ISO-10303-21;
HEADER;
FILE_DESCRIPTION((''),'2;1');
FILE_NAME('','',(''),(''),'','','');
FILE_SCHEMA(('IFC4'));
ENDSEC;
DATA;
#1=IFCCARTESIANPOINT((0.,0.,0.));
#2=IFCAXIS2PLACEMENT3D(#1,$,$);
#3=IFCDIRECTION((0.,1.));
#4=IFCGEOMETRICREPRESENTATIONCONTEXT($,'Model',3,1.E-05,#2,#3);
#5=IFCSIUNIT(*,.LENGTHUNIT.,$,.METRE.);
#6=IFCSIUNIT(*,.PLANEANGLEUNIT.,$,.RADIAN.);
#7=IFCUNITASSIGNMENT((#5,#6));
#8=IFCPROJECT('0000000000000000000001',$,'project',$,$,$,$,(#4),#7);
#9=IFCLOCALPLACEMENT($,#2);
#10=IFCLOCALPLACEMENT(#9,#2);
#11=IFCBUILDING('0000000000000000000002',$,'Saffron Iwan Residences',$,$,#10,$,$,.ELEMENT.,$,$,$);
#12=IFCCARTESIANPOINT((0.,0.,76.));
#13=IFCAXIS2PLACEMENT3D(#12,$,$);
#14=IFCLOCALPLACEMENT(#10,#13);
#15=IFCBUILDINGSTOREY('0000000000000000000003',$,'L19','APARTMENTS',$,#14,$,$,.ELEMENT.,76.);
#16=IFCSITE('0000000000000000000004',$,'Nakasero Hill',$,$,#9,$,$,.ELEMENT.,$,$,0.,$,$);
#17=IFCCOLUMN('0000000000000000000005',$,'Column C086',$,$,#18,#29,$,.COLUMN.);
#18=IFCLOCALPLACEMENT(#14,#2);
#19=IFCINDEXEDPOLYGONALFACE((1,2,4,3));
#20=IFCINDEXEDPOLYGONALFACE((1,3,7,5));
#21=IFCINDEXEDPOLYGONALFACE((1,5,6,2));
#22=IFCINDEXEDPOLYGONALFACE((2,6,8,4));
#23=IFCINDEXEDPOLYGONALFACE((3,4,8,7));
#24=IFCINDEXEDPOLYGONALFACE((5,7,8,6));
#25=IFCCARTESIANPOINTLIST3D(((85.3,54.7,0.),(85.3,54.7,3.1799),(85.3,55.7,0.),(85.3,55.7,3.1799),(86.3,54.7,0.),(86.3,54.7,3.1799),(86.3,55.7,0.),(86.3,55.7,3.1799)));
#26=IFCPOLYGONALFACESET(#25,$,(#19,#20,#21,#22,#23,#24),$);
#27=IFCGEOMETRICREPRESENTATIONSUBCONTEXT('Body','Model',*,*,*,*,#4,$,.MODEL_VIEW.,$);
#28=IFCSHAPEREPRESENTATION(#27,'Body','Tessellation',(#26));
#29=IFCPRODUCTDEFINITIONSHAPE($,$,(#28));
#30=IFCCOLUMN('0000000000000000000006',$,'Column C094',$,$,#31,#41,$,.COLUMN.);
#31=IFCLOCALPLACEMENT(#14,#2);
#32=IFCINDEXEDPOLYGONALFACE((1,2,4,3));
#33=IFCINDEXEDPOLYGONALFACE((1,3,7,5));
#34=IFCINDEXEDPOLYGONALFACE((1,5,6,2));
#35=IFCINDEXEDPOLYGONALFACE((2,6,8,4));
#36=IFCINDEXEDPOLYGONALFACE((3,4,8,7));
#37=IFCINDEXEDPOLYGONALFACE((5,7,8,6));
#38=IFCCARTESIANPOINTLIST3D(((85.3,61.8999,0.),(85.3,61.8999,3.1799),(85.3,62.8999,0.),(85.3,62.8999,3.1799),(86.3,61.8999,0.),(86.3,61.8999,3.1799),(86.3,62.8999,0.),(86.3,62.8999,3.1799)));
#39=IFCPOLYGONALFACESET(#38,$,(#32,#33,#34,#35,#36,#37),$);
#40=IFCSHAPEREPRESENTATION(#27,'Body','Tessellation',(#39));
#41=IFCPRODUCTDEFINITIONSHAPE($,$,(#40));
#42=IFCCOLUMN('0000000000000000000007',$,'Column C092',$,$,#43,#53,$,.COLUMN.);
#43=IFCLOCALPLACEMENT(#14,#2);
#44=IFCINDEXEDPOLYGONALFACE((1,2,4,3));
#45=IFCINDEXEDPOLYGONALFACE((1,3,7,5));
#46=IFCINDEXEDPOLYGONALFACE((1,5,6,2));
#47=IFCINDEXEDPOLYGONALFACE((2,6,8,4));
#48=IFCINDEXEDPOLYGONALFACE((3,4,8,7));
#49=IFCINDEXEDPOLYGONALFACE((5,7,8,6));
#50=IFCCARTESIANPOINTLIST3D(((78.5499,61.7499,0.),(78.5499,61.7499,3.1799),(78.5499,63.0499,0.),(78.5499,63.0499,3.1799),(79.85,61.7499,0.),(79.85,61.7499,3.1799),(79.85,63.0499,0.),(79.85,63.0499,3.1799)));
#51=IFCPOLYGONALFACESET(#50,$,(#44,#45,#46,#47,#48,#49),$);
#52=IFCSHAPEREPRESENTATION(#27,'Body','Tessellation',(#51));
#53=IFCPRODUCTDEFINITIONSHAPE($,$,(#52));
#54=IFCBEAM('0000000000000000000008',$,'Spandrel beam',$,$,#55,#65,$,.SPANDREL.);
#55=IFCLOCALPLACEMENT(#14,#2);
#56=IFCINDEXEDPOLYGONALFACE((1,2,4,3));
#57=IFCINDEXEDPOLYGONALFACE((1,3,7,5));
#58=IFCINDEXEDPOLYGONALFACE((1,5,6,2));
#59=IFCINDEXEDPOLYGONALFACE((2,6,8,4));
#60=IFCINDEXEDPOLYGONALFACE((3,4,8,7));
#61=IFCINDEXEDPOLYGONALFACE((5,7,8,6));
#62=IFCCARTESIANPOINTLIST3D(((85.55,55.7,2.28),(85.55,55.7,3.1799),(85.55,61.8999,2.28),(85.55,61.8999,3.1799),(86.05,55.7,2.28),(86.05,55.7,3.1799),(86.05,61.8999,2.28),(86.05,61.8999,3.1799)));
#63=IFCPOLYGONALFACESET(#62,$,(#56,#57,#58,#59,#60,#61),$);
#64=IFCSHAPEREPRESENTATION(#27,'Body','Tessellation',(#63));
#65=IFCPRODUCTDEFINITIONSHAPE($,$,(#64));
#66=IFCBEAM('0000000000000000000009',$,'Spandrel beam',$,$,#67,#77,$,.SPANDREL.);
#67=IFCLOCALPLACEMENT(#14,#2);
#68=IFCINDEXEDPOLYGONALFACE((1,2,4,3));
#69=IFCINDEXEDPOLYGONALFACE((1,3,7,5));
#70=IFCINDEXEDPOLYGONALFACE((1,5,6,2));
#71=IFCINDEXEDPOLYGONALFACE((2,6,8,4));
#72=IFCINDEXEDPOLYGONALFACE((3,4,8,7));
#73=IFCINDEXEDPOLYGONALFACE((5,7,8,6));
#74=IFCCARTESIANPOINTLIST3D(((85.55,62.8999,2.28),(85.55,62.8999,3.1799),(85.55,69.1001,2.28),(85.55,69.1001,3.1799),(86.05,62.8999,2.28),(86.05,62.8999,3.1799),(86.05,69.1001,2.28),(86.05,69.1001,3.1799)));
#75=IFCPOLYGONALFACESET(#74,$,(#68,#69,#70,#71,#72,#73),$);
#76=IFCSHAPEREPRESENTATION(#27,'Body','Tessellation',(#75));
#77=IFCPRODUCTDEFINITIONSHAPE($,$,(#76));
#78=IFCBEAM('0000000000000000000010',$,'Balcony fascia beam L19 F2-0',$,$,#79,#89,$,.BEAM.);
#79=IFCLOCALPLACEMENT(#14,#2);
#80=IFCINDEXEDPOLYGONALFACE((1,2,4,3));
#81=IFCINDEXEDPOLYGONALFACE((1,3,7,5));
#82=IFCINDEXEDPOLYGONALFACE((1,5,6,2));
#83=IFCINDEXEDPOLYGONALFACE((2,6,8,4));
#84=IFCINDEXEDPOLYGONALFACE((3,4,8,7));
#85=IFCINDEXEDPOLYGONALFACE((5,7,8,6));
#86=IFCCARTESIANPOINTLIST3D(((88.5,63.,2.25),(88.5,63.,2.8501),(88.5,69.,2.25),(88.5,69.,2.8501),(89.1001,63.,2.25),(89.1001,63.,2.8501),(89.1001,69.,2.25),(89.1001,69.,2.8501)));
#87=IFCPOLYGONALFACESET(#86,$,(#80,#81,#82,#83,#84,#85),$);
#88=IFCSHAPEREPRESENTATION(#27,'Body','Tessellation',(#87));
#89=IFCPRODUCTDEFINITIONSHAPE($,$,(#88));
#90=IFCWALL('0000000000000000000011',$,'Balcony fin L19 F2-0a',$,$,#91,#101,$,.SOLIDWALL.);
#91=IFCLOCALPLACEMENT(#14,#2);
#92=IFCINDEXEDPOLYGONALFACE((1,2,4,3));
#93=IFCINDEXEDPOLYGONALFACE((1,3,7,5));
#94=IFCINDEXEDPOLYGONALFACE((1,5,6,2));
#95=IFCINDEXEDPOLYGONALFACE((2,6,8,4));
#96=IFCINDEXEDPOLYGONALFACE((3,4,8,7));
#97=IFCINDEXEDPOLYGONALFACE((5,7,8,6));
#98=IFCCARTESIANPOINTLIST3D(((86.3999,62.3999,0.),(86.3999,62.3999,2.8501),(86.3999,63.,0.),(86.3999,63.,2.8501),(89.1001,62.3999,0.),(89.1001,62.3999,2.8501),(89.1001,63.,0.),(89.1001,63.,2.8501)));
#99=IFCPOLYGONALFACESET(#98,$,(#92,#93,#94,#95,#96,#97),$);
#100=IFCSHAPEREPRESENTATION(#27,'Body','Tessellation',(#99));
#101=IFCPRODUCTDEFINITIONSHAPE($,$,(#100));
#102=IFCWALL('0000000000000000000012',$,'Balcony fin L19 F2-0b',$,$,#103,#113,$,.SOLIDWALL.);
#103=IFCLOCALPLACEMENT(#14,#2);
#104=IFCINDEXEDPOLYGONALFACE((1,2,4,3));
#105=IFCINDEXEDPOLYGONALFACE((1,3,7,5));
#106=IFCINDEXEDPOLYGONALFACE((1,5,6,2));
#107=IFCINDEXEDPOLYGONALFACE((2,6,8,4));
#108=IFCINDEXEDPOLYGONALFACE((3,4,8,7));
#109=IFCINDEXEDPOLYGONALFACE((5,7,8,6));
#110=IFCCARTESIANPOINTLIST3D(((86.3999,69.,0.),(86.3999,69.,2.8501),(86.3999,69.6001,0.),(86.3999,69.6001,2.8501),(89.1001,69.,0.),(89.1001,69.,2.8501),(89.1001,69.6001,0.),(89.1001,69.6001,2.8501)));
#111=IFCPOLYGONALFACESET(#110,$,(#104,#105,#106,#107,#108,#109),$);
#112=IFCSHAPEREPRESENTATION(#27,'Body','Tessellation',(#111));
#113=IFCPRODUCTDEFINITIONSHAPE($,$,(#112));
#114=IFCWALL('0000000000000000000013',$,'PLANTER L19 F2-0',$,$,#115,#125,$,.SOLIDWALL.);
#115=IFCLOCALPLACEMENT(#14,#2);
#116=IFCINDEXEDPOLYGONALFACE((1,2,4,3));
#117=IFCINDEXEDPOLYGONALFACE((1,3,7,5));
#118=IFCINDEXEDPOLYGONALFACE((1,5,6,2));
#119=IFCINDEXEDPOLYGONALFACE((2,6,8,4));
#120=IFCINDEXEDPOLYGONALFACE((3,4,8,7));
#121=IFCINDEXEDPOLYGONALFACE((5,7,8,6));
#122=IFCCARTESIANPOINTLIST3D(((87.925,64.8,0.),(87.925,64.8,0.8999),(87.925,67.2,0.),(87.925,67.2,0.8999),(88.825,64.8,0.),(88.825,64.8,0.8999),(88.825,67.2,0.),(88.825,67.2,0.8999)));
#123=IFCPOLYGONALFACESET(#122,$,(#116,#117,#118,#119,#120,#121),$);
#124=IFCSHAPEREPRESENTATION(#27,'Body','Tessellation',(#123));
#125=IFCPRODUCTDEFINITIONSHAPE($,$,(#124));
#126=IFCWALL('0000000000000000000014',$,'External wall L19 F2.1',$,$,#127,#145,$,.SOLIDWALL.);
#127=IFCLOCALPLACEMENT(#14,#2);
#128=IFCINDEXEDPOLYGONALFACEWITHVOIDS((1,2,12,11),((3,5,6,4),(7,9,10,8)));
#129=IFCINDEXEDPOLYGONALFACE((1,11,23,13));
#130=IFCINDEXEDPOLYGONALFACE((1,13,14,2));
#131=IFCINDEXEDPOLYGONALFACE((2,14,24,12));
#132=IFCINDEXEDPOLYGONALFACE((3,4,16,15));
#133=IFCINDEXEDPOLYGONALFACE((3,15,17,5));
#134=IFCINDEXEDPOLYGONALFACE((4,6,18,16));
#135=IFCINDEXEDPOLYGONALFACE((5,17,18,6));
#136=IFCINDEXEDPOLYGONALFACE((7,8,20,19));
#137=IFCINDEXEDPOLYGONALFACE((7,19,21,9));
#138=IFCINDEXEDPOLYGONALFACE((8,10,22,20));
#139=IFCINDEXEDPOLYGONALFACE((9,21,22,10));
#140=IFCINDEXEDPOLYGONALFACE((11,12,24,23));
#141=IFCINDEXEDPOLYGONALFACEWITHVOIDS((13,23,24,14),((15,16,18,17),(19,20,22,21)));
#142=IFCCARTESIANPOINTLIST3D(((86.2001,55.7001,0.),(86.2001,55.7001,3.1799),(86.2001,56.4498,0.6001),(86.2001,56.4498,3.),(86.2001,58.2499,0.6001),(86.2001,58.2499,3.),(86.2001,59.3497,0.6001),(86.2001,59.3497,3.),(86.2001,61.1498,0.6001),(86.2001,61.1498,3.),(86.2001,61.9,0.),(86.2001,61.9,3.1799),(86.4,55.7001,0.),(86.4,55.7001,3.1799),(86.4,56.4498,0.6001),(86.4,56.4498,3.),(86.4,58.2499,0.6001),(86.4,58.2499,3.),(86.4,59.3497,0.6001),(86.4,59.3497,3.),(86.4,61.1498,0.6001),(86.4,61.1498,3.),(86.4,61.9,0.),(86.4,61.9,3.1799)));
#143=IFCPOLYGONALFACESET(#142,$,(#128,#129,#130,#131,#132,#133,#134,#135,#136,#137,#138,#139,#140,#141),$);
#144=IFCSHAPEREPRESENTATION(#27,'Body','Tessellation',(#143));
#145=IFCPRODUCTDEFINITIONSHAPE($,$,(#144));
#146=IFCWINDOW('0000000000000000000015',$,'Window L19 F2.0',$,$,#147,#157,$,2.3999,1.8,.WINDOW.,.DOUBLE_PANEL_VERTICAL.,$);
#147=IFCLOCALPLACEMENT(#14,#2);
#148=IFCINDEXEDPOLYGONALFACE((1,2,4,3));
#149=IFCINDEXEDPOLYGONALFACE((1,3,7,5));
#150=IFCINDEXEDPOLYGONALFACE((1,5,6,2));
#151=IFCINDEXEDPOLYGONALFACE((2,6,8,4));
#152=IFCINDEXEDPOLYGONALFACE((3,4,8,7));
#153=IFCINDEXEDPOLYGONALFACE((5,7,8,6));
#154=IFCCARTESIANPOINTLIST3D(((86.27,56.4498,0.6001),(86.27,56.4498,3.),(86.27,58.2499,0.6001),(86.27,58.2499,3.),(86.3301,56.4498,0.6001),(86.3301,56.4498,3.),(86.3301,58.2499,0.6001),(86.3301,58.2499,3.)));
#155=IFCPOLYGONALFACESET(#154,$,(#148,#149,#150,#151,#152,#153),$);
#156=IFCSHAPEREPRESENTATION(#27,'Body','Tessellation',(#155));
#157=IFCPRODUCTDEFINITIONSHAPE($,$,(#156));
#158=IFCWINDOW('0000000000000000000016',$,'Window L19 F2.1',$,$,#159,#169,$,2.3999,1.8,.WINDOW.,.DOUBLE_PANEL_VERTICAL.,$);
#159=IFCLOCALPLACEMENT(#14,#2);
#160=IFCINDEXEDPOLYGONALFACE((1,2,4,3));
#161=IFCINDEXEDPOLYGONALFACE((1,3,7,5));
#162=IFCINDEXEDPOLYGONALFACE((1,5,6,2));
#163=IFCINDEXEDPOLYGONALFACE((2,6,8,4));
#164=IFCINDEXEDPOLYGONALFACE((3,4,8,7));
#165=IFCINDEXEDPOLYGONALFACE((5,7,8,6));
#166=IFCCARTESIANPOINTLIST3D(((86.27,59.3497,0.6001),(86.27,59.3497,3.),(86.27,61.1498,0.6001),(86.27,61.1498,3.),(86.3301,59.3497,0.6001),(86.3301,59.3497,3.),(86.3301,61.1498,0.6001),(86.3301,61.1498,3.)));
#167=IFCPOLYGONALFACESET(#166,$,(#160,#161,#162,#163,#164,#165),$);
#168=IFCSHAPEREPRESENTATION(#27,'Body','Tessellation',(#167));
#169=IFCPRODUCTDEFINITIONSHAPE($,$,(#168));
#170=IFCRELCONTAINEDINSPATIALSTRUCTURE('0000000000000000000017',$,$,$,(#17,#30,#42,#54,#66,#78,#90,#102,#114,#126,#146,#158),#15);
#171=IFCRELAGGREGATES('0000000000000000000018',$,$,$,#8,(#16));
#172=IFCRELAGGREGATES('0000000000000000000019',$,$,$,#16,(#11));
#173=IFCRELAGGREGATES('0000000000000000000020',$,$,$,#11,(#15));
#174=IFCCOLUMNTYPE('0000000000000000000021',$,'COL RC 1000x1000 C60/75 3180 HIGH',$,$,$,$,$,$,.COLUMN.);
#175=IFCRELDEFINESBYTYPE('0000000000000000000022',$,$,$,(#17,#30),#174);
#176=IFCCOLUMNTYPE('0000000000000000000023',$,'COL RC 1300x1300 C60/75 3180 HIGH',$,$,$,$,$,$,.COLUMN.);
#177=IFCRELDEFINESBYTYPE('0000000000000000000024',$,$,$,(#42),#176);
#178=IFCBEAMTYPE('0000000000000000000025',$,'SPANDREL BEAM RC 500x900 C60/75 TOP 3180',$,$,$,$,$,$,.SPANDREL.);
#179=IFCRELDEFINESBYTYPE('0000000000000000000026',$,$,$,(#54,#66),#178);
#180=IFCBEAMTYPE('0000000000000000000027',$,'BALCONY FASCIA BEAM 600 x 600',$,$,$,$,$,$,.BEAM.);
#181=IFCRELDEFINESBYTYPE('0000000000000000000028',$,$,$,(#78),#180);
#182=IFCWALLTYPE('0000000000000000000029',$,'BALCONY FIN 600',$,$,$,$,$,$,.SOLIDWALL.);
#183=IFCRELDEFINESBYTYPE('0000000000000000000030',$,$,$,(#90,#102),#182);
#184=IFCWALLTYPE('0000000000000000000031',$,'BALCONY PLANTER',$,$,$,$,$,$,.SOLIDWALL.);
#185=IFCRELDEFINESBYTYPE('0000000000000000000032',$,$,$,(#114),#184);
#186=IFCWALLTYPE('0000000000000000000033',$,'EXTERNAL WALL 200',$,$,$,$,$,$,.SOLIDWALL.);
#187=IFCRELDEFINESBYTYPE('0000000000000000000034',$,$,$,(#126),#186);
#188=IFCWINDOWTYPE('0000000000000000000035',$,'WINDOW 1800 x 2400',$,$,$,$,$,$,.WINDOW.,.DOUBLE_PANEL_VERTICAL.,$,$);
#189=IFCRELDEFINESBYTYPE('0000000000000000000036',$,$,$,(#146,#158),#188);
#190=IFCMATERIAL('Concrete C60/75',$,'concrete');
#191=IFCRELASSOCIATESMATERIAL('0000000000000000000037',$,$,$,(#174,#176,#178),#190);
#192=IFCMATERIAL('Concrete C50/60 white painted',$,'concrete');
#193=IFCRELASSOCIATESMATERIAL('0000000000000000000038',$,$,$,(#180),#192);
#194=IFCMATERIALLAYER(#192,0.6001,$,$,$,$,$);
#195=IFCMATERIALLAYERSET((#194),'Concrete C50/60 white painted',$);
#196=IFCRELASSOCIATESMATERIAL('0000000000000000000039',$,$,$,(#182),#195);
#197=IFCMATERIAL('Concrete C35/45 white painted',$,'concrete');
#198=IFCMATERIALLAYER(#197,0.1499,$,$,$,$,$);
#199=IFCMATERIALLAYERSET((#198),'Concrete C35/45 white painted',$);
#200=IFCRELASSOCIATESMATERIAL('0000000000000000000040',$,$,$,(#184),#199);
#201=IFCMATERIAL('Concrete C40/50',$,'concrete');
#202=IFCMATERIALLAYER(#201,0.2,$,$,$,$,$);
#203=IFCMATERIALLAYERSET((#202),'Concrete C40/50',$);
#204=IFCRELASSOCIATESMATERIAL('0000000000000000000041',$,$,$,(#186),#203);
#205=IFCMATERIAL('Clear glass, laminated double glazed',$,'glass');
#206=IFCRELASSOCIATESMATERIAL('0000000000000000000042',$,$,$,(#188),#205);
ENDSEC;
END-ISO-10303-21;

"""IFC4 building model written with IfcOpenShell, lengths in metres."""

from ifc_helpers import new_model, si_unit, direction, frame, frame_2d, origin, origin_2d, place, context, subcontext, project, spatial, rectangle, extrude, source, transform, mapped, material, layer, layer_set, material_profile, profile_set, type_object, element, fill, save


model = new_model("IFC4")

# Units and contexts
model_context = context("Model", 3, precision=1e-05, world=origin(), true_north=direction((0.0, 1.0)))
body_context = subcontext(model_context, "Body", "Model", "MODEL_VIEW")
ifc_project = project(units=[si_unit("LENGTHUNIT", "METRE"), si_unit("PLANEANGLEUNIT", "RADIAN")], contexts=[model_context])

# Site, building, storey
site_placement = place(None, origin())
site = spatial("IfcSite", under=ifc_project, at=site_placement, Name="Nakasero Hill", CompositionType="ELEMENT", RefElevation=0.0)
building_placement = place(site_placement, origin())
building = spatial("IfcBuilding", under=site, at=building_placement, Name="Saffron Iwan Residences", CompositionType="ELEMENT")
storey_placement = place(building_placement, frame((0.0, 0.0, 76.0)))
storey = spatial("IfcBuildingStorey", under=building, at=storey_placement, Name="L19", Description="APARTMENTS", CompositionType="ELEMENT", Elevation=76.0)

# Columns
ifc_material_1 = material(Name="Concrete C60/75", Category="concrete")
ifc_material_profile_1 = material_profile(ifc_material_1, rectangle(XDim=1.0, YDim=1.0, at=origin_2d()), Name="RC 1000x1000")
ifc_profile_set_1 = profile_set([ifc_material_profile_1], Name="Concrete C60/75")
column_type_1 = type_object("IfcColumnType", Name="COL RC 1000x1000 C60/75 3180 HIGH", PredefinedType="COLUMN", material=ifc_profile_set_1)
shared_shape_1 = source(origin(), body_context, "Body", "SweptSolid", [
    extrude(rectangle(XDim=1.0, YDim=1.0, at=origin_2d()), origin(), (0.0, 0.0, 1.0), 3.1799),
])
for number, where, z_axis, x_axis, name in (
    (1, (85.8, 55.2, 0.0), (0.0, 0.0, 1.0), (1.0, 0.0, 0.0), "Column C086"),
    (2, (85.8, 62.3999, 0.0), (0.0, 0.0, 1.0), (1.0, 0.0, 0.0), "Column C094"),
):
    element("IfcColumn", number, at=place(storey_placement, frame(where, z_axis=z_axis, x_axis=x_axis)), inside=storey, type_object=column_type_1, Name=name, PredefinedType="COLUMN", context=body_context, shape_type="MappedRepresentation", body=[
        mapped(shared_shape_1, transform((0.0, 0.0, 0.0))),
    ])
ifc_material_profile_2 = material_profile(ifc_material_1, rectangle(XDim=1.3, YDim=1.3, at=origin_2d()), Name="RC 1300x1300")
ifc_profile_set_2 = profile_set([ifc_material_profile_2], Name="Concrete C60/75")
column_type_2 = type_object("IfcColumnType", Name="COL RC 1300x1300 C60/75 3180 HIGH", PredefinedType="COLUMN", material=ifc_profile_set_2)
shared_shape_2 = source(origin(), body_context, "Body", "SweptSolid", [
    extrude(rectangle(XDim=1.3, YDim=1.3, at=origin_2d()), origin(), (0.0, 0.0, 1.0), 3.1799),
])
column_placement = place(storey_placement, frame((79.2, 62.3999, 0.0), z_axis=(0.0, 0.0, 1.0), x_axis=(1.0, 0.0, 0.0)))
element("IfcColumn", 3, at=column_placement, inside=storey, type_object=column_type_2, Name="Column C092", PredefinedType="COLUMN", context=body_context, shape_type="MappedRepresentation", body=[
    mapped(shared_shape_2, transform((0.0, 0.0, 0.0))),
])

# Beams
ifc_material_profile_3 = material_profile(ifc_material_1, rectangle(XDim=0.5, YDim=0.8999, at=origin_2d()), Name="RC 500x900")
ifc_profile_set_3 = profile_set([ifc_material_profile_3], Name="Concrete C60/75")
beam_type_1 = type_object("IfcBeamType", Name="SPANDREL BEAM RC 500x900 C60/75 TOP 3180", PredefinedType="SPANDREL", material=ifc_profile_set_3)
shared_shape_3 = source(origin(), body_context, "Body", "SweptSolid", [
    extrude(rectangle(XDim=0.5, YDim=0.8999, at=origin_2d()), origin(), (0.0, 0.0, 1.0), 6.2),
])
beam_1_placement = place(storey_placement, frame((85.8, 61.8999, 2.73), z_axis=(0.0, -1.0, 0.0), x_axis=(1.0, 0.0, 0.0)))
element("IfcBeam", 4, at=beam_1_placement, inside=storey, type_object=beam_type_1, Name="Spandrel beam", PredefinedType="SPANDREL", context=body_context, shape_type="MappedRepresentation", body=[
    mapped(shared_shape_3, transform((0.0, 0.0, 0.0))),
])
shared_shape_4 = source(origin(), body_context, "Body", "SweptSolid", [
    extrude(rectangle(XDim=0.5, YDim=0.8999, at=origin_2d()), origin(), (0.0, 0.0, 1.0), 6.2002),
])
beam_2_placement = place(storey_placement, frame((85.8, 69.1001, 2.73), z_axis=(0.0, -1.0, 0.0), x_axis=(1.0, 0.0, 0.0)))
element("IfcBeam", 5, at=beam_2_placement, inside=storey, type_object=beam_type_1, Name="Spandrel beam", PredefinedType="SPANDREL", context=body_context, shape_type="MappedRepresentation", body=[
    mapped(shared_shape_4, transform((0.0, 0.0, 0.0))),
])
ifc_material_2 = material(Name="Concrete C50/60 white painted", Category="concrete")
ifc_material_profile_4 = material_profile(ifc_material_2, rectangle(XDim=0.6001, YDim=0.6001, at=origin_2d()), Name="BALCONY FASCIA BEAM 600 x 600")
ifc_profile_set_4 = profile_set([ifc_material_profile_4], Name="Concrete C50/60 white painted")
beam_type_2 = type_object("IfcBeamType", Name="BALCONY FASCIA BEAM 600 x 600", PredefinedType="BEAM", material=ifc_profile_set_4)
shared_shape_5 = source(origin(), body_context, "Body", "SweptSolid", [
    extrude(rectangle(XDim=0.6001, YDim=0.6001, at=origin_2d()), origin(), (0.0, 0.0, 1.0), 6.0),
])
beam_3_placement = place(storey_placement, frame((88.8, 63.0, 2.55), z_axis=(0.0, 1.0, 0.0), x_axis=(-1.0, 0.0, 0.0)))
element("IfcBeam", 6, at=beam_3_placement, inside=storey, type_object=beam_type_2, Name="Balcony fascia beam L19 F2-0", PredefinedType="BEAM", context=body_context, shape_type="MappedRepresentation", body=[
    mapped(shared_shape_5, transform((0.0, 0.0, 0.0))),
])

# Walls
ifc_layer_1 = layer(ifc_material_2, 0.6001)
ifc_layer_set_1 = layer_set([ifc_layer_1], Name="Concrete C50/60 white painted")
wall_type_1 = type_object("IfcWallType", Name="BALCONY FIN 600", PredefinedType="SOLIDWALL", material=ifc_layer_set_1)
for number, where, z_axis, x_axis, name in (
    (7, (86.3999, 62.7, 0.0), (0.0, 0.0, 1.0), (1.0, 0.0, 0.0), "Balcony fin L19 F2-0a"),
    (8, (86.3999, 69.3, 0.0), (0.0, 0.0, 1.0), (1.0, 0.0, 0.0), "Balcony fin L19 F2-0b"),
):
    element("IfcWall", number, at=place(storey_placement, frame(where, z_axis=z_axis, x_axis=x_axis)), inside=storey, type_object=wall_type_1, Name=name, PredefinedType="SOLIDWALL", context=body_context, shape_type="SweptSolid", body=[
        extrude(rectangle(XDim=2.7002, YDim=0.6001, at=frame_2d((1.3501, 0.0))), origin(), (0.0, 0.0, 1.0), 2.8501),
    ])
ifc_material_3 = material(Name="Concrete C35/45 white painted", Category="concrete")
ifc_layer_2 = layer(ifc_material_3, 0.1499)
ifc_layer_set_2 = layer_set([ifc_layer_2], Name="Concrete C35/45 white painted")
wall_type_2 = type_object("IfcWallType", Name="BALCONY PLANTER", PredefinedType="SOLIDWALL", material=ifc_layer_set_2)
wall_1_placement = place(storey_placement, frame((88.375, 64.8, 0.0), z_axis=(0.0, 0.0, 1.0), x_axis=(0.0, 1.0, 0.0)))
element("IfcWall", 9, at=wall_1_placement, inside=storey, type_object=wall_type_2, Name="PLANTER L19 F2-0", PredefinedType="SOLIDWALL", context=body_context, shape_type="SweptSolid", body=[
    extrude(rectangle(XDim=2.3999, YDim=0.8999, at=frame_2d((1.2, 0.0))), origin(), (0.0, 0.0, 1.0), 0.8999),
])

# Wall, openings, windows
ifc_material_4 = material(Name="Concrete C40/50", Category="concrete")
ifc_layer_3 = layer(ifc_material_4, 0.2)
ifc_layer_set_3 = layer_set([ifc_layer_3], Name="Concrete C40/50")
wall_type_3 = type_object("IfcWallType", Name="EXTERNAL WALL 200", PredefinedType="SOLIDWALL", material=ifc_layer_set_3)
wall_2_placement = place(storey_placement, frame((86.3, 55.7, 0.0), z_axis=(0.0, 0.0, 1.0), x_axis=(0.0, 1.0, 0.0)))
wall_2 = element("IfcWall", 10, at=wall_2_placement, inside=storey, type_object=wall_type_3, Name="External wall L19 F2.1", PredefinedType="SOLIDWALL", context=body_context, shape_type="SweptSolid", body=[
    extrude(rectangle(XDim=6.2, YDim=0.2, at=frame_2d((3.1001, 0.0))), origin(), (0.0, 0.0, 1.0), 3.1799),
])
opening_1_placement = place(wall_2_placement, frame((0.75, 0.0, 0.6001)))
opening_1 = element("IfcOpeningElement", 11, at=opening_1_placement, cuts=wall_2, PredefinedType="OPENING", context=body_context, shape_type="SweptSolid", body=[
    extrude(rectangle(XDim=1.8, YDim=2.3999, at=frame_2d((0.8999, 1.2))), frame((0.0, 0.1099, 0.0), z_axis=(0.0, -1.0, 0.0), x_axis=(1.0, 0.0, 0.0)), (0.0, 0.0, 1.0), 0.22),
])
opening_2_placement = place(wall_2_placement, frame((3.6499, 0.0, 0.6001)))
opening_2 = element("IfcOpeningElement", 12, at=opening_2_placement, cuts=wall_2, PredefinedType="OPENING", context=body_context, shape_type="SweptSolid", body=[
    extrude(rectangle(XDim=1.8, YDim=2.3999, at=frame_2d((0.8999, 1.2))), frame((0.0, 0.1099, 0.0), z_axis=(0.0, -1.0, 0.0), x_axis=(1.0, 0.0, 0.0)), (0.0, 0.0, 1.0), 0.22),
])
ifc_material_5 = material(Name="Clear glass, laminated double glazed", Category="glass")
window_type = type_object("IfcWindowType", Name="WINDOW 1800 x 2400", PartitioningType="DOUBLE_PANEL_VERTICAL", PredefinedType="WINDOW", material=ifc_material_5)
window_1_placement = place(opening_1_placement, origin())
window_1 = element("IfcWindow", 13, at=window_1_placement, inside=storey, type_object=window_type, Name="Window L19 F2.0", OverallHeight=2.3999, OverallWidth=1.8, PartitioningType="DOUBLE_PANEL_VERTICAL", PredefinedType="WINDOW", context=body_context, shape_type="SweptSolid", body=[
    extrude(rectangle(XDim=1.8, YDim=2.3999, at=frame_2d((0.8999, 1.2))), frame((0.0, 0.03, 0.0), z_axis=(0.0, -1.0, 0.0), x_axis=(1.0, 0.0, 0.0)), (0.0, 0.0, 1.0), 0.0601),
])
fill(opening_1, window_1)
window_2_placement = place(opening_2_placement, origin())
window_2 = element("IfcWindow", 14, at=window_2_placement, inside=storey, type_object=window_type, Name="Window L19 F2.1", OverallHeight=2.3999, OverallWidth=1.8, PartitioningType="DOUBLE_PANEL_VERTICAL", PredefinedType="WINDOW", context=body_context, shape_type="SweptSolid", body=[
    extrude(rectangle(XDim=1.8, YDim=2.3999, at=frame_2d((0.8999, 1.2))), frame((0.0, 0.03, 0.0), z_axis=(0.0, -1.0, 0.0), x_axis=(1.0, 0.0, 0.0)), (0.0, 0.0, 1.0), 0.0601),
])
fill(opening_2, window_2)

save(model, "model.ifc")
